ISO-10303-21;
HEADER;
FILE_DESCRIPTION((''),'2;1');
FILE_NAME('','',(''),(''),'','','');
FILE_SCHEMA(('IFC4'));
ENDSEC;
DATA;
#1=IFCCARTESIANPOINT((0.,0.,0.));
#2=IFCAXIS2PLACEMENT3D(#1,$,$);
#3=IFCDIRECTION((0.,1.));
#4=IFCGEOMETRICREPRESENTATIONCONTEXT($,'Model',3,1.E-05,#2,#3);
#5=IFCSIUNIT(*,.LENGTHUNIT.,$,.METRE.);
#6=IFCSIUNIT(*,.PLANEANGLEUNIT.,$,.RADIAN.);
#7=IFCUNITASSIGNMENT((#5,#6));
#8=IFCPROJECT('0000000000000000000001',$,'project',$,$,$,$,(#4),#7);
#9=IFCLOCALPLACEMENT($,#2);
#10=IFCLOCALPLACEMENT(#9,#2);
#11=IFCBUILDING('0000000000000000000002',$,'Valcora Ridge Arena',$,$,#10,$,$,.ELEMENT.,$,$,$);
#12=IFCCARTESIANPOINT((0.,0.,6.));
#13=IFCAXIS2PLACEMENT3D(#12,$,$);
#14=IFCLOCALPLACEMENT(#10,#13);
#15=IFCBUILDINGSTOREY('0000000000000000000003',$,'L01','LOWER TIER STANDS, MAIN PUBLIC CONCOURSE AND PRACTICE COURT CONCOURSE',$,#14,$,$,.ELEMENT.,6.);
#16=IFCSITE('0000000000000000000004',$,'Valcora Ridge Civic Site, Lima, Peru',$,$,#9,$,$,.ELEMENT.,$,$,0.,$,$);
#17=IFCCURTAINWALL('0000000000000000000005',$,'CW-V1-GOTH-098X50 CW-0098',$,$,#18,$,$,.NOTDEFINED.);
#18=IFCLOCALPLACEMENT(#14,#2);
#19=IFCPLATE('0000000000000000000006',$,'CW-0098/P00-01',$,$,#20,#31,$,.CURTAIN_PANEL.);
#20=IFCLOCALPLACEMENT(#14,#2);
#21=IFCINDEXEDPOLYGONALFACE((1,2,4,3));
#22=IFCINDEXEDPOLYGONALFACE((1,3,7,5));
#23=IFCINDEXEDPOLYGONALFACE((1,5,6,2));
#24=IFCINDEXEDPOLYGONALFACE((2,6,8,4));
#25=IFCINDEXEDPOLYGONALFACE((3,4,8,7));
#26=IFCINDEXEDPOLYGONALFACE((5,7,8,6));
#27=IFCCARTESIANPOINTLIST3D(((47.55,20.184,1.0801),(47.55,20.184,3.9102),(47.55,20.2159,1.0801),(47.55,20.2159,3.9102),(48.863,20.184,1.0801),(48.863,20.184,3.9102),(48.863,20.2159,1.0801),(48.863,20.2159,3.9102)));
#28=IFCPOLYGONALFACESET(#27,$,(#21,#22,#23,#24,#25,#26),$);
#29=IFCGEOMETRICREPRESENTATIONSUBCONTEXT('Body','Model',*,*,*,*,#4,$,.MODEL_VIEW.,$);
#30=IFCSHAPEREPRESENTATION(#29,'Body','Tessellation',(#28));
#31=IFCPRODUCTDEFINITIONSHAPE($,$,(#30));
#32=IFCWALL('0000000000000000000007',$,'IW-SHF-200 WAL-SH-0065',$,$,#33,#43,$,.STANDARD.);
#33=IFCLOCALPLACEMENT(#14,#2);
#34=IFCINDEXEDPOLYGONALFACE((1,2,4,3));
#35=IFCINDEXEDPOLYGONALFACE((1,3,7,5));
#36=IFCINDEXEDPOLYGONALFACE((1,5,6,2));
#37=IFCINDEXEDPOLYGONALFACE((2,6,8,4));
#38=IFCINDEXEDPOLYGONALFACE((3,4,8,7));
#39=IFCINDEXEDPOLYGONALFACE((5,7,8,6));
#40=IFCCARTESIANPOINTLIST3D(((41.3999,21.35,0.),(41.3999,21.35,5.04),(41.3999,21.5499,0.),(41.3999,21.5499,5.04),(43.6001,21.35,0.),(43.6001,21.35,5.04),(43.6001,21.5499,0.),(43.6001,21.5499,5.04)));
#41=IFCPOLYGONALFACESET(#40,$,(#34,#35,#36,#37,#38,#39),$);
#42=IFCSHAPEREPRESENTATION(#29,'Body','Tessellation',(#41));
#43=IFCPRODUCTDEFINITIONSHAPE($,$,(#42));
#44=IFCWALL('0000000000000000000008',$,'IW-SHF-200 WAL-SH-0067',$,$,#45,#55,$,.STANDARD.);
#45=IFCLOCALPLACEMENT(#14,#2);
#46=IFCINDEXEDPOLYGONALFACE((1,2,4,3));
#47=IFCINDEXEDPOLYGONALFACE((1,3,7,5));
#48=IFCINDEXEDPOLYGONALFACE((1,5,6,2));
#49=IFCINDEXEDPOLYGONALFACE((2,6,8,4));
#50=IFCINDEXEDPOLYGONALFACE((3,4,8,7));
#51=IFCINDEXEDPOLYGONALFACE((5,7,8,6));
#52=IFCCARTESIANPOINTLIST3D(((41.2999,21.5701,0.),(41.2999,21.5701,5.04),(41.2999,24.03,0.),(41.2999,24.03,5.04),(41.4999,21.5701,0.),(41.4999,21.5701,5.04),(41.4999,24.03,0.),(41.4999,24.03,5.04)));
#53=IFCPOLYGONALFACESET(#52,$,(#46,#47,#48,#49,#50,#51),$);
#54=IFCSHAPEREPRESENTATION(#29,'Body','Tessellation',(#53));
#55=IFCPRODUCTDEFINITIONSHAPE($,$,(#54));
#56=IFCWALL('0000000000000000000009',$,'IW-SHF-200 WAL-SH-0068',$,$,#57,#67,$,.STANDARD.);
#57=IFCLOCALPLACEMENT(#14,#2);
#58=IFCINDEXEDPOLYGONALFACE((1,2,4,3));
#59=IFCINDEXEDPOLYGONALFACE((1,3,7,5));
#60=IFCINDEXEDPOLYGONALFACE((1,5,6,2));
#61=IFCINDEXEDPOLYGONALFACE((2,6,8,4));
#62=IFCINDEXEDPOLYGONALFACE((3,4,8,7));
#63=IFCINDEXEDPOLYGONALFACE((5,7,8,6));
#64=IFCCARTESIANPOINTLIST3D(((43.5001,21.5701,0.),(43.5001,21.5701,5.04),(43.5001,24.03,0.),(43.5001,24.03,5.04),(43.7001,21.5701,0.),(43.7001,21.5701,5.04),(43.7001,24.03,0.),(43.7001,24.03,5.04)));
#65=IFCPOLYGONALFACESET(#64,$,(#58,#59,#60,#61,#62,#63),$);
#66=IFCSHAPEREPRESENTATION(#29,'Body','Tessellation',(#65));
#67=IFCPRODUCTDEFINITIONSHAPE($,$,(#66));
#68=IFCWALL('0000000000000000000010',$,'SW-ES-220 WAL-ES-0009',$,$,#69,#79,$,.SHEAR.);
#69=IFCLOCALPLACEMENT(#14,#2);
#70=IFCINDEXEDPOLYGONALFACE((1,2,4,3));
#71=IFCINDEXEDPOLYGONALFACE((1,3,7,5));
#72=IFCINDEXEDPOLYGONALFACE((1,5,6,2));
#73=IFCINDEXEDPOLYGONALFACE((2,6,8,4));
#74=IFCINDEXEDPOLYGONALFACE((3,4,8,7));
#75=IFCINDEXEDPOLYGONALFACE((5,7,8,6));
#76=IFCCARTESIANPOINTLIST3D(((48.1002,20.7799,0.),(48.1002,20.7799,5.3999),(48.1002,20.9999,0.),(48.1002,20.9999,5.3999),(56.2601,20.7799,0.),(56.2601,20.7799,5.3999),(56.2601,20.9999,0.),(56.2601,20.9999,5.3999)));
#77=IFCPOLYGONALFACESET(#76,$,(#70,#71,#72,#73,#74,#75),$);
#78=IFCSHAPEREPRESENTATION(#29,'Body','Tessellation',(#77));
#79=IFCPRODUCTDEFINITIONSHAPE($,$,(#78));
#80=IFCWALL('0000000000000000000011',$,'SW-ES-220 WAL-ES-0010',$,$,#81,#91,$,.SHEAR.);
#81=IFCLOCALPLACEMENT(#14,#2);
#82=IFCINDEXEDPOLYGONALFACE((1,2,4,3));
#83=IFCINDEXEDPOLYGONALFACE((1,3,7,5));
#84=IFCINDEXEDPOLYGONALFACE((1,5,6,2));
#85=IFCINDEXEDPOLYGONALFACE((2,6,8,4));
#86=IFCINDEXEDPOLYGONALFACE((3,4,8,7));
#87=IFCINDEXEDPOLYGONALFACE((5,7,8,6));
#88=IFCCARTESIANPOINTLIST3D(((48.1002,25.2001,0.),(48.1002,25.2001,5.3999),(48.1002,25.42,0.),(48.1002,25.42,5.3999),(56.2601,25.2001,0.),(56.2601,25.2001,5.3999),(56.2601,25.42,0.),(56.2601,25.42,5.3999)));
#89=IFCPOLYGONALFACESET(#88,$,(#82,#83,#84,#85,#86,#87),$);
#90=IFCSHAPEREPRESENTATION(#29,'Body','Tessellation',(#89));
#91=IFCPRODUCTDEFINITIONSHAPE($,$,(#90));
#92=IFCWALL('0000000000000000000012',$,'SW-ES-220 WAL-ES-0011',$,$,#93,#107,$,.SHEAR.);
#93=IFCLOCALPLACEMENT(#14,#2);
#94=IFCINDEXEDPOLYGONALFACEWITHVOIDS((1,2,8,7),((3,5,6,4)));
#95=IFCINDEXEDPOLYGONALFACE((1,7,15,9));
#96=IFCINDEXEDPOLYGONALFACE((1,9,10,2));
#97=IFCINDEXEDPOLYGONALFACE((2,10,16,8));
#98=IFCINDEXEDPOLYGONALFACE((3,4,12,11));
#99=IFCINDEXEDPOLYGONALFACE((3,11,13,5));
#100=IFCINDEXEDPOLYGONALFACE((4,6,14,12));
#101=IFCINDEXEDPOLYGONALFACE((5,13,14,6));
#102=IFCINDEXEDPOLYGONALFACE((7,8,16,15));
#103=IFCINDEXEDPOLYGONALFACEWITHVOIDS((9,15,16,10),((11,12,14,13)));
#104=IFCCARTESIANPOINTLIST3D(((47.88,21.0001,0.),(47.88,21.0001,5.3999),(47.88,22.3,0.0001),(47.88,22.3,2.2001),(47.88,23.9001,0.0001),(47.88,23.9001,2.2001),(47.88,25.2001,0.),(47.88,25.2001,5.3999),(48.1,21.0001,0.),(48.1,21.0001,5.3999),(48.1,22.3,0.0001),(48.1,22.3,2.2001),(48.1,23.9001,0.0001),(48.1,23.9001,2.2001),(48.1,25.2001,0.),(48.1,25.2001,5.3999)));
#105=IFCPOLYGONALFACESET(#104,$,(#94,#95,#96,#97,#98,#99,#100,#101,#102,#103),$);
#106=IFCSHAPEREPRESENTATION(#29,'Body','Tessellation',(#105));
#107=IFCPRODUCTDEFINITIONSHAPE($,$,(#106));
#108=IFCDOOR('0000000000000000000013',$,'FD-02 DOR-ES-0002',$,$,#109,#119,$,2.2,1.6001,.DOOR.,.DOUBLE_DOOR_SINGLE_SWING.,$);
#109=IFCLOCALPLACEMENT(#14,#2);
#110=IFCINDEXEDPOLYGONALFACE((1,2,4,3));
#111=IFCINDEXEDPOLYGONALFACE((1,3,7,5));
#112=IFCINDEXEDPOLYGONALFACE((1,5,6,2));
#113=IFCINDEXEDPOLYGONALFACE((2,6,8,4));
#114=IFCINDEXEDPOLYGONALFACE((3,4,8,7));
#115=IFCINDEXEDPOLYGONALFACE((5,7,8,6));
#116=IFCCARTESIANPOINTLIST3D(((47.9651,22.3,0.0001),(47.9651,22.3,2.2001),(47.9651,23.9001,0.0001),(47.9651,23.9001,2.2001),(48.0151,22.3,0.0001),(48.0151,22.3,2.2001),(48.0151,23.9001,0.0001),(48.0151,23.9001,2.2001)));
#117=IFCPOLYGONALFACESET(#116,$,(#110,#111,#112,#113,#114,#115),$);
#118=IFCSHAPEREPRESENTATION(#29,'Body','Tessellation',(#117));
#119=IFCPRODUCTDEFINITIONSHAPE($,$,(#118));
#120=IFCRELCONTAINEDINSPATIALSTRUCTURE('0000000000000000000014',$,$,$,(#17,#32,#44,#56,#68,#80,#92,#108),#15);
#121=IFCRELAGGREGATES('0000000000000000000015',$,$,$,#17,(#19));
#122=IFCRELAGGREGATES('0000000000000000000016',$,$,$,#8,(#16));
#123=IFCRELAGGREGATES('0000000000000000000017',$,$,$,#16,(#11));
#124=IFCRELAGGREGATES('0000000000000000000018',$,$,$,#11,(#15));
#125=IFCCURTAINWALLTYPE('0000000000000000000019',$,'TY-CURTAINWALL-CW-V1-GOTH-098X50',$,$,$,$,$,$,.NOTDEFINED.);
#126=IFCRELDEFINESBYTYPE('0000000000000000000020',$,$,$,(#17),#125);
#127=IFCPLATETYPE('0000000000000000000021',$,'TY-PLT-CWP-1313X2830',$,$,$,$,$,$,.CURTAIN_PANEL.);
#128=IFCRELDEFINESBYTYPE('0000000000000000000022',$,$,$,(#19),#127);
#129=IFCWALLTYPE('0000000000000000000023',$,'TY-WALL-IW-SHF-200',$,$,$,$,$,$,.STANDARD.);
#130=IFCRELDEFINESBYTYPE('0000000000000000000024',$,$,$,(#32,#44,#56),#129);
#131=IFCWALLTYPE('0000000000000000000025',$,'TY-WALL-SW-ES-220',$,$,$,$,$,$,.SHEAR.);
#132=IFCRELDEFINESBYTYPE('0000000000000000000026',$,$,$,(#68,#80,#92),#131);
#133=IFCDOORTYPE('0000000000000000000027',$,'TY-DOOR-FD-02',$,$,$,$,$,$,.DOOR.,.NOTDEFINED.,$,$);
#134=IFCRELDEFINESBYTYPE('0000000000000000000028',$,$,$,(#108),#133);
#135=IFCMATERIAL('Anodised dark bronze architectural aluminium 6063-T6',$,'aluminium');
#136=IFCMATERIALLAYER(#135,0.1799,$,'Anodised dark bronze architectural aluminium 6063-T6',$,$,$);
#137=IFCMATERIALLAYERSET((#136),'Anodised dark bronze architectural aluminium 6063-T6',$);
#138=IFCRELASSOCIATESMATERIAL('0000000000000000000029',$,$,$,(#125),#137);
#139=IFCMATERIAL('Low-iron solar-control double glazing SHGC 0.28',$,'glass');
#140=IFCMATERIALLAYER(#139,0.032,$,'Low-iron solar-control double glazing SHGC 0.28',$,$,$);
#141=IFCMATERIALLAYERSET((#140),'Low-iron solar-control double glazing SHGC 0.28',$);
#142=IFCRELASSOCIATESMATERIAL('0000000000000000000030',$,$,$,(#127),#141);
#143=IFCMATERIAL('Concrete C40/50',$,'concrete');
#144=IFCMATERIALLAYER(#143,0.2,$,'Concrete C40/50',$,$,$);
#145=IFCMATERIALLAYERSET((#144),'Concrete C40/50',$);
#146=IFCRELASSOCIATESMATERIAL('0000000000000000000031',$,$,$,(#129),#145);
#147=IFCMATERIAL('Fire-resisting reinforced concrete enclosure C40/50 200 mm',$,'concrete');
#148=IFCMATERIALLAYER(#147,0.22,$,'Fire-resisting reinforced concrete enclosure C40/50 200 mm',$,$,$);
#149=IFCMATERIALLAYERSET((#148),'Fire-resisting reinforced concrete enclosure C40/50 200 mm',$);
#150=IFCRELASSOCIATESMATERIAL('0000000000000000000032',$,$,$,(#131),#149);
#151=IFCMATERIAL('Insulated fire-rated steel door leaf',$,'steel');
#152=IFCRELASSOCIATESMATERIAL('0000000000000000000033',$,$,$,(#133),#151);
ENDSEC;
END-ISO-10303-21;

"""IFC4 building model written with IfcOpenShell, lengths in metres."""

from ifc_helpers import new_model, si_unit, direction, frame, frame_2d, origin, origin_2d, place, context, subcontext, project, spatial, rectangle, extrude, material, layer, layer_set, type_object, element, fill, aggregate, save


model = new_model("IFC4")

# Units and contexts
model_context = context("Model", 3, precision=1e-05, world=origin(), true_north=direction((0.0, 1.0)))
body_context = subcontext(model_context, "Body", "Model", "MODEL_VIEW")
ifc_project = project(units=[si_unit("LENGTHUNIT", "METRE"), si_unit("PLANEANGLEUNIT", "RADIAN")], contexts=[model_context])

# Site, building, storey
site_placement = place(None, origin())
site = spatial("IfcSite", under=ifc_project, at=site_placement, Name="Valcora Ridge Civic Site, Lima, Peru", CompositionType="ELEMENT", RefElevation=0.0)
building_placement = place(site_placement, origin())
building = spatial("IfcBuilding", under=site, at=building_placement, Name="Valcora Ridge Arena", CompositionType="ELEMENT")
storey_placement = place(building_placement, frame((0.0, 0.0, 6.0)))
storey = spatial("IfcBuildingStorey", under=building, at=storey_placement, Name="L01", Description="LOWER TIER STANDS, MAIN PUBLIC CONCOURSE AND PRACTICE COURT CONCOURSE", CompositionType="ELEMENT", Elevation=6.0)

# Shared definitions
ifc_material_1 = material(Name="Concrete C40/50", Category="concrete")

# Curtain wall, plate
ifc_material_2 = material(Name="Anodised dark bronze architectural aluminium 6063-T6", Category="aluminium")
ifc_layer_1 = layer(ifc_material_2, 0.1799, Name="Anodised dark bronze architectural aluminium 6063-T6")
ifc_layer_set_1 = layer_set([ifc_layer_1], Name="Anodised dark bronze architectural aluminium 6063-T6")
curtain_wall_type = type_object("IfcCurtainWallType", Name="TY-CURTAINWALL-CW-V1-GOTH-098X50", PredefinedType="NOTDEFINED", material=ifc_layer_set_1)
curtain_wall_placement = place(storey_placement, origin())
curtain_wall = element("IfcCurtainWall", 1, at=curtain_wall_placement, inside=storey, type_object=curtain_wall_type, Name="CW-V1-GOTH-098X50 CW-0098", PredefinedType="NOTDEFINED")
ifc_material_3 = material(Name="Low-iron solar-control double glazing SHGC 0.28", Category="glass")
ifc_layer_2 = layer(ifc_material_3, 0.032, Name="Low-iron solar-control double glazing SHGC 0.28")
ifc_layer_set_2 = layer_set([ifc_layer_2], Name="Low-iron solar-control double glazing SHGC 0.28")
plate_type_1 = type_object("IfcPlateType", Name="TY-PLT-CWP-1313X2830", PredefinedType="CURTAIN_PANEL", material=ifc_layer_set_2)
plate_1_placement = place(storey_placement, frame((48.2065, 20.2, 1.0801), z_axis=(0.0, 0.0, 1.0), x_axis=(1.0, 0.0, 0.0)))
plate_1 = element("IfcPlate", 2, at=plate_1_placement, type_object=plate_type_1, Name="CW-0098/P00-01", PredefinedType="CURTAIN_PANEL", context=body_context, shape_type="SweptSolid", body=[
    extrude(rectangle(XDim=1.313, YDim=0.032, at=origin_2d()), origin(), (0.0, 0.0, 1.0), 2.8301),
])
aggregate(curtain_wall, [plate_1])

# Wall
ifc_layer_3 = layer(ifc_material_1, 0.2, Name="Concrete C40/50")
ifc_layer_set_3 = layer_set([ifc_layer_3], Name="Concrete C40/50")
wall_type_1 = type_object("IfcWallType", Name="TY-WALL-IW-SHF-200", PredefinedType="STANDARD", material=ifc_layer_set_3)
wall_1_placement = place(storey_placement, frame((41.3999, 21.45, 0.0), z_axis=(0.0, 0.0, 1.0), x_axis=(1.0, 0.0, 0.0)))
element("IfcWall", 3, at=wall_1_placement, inside=storey, type_object=wall_type_1, Name="IW-SHF-200 WAL-SH-0065", PredefinedType="STANDARD", context=body_context, shape_type="SweptSolid", body=[
    extrude(rectangle(XDim=2.2002, YDim=0.2, at=frame_2d((1.1001, 0.0))), origin(), (0.0, 0.0, 1.0), 5.04),
])

# Walls
for number, where, z_axis, x_axis, name in (
    (4, (41.3999, 21.5701, 0.0), (0.0, 0.0, 1.0), (0.0, 1.0, 0.0), "IW-SHF-200 WAL-SH-0067"),
    (5, (43.6001, 21.5701, 0.0), (0.0, 0.0, 1.0), (0.0, 1.0, 0.0), "IW-SHF-200 WAL-SH-0068"),
):
    element("IfcWall", number, at=place(storey_placement, frame(where, z_axis=z_axis, x_axis=x_axis)), inside=storey, type_object=wall_type_1, Name=name, PredefinedType="STANDARD", context=body_context, shape_type="SweptSolid", body=[
        extrude(rectangle(XDim=2.46, YDim=0.2, at=frame_2d((1.23, 0.0))), origin(), (0.0, 0.0, 1.0), 5.04),
    ])
ifc_material_4 = material(Name="Fire-resisting reinforced concrete enclosure C40/50 200 mm", Category="concrete")
ifc_layer_4 = layer(ifc_material_4, 0.22, Name="Fire-resisting reinforced concrete enclosure C40/50 200 mm")
ifc_layer_set_4 = layer_set([ifc_layer_4], Name="Fire-resisting reinforced concrete enclosure C40/50 200 mm")
wall_type_2 = type_object("IfcWallType", Name="TY-WALL-SW-ES-220", PredefinedType="SHEAR", material=ifc_layer_set_4)
for number, where, z_axis, x_axis, name in (
    (6, (48.1001, 20.8899, 0.0), (0.0, 0.0, 1.0), (1.0, 0.0, 0.0), "SW-ES-220 WAL-ES-0009"),
    (7, (48.1001, 25.3101, 0.0), (0.0, 0.0, 1.0), (1.0, 0.0, 0.0), "SW-ES-220 WAL-ES-0010"),
):
    element("IfcWall", number, at=place(storey_placement, frame(where, z_axis=z_axis, x_axis=x_axis)), inside=storey, type_object=wall_type_2, Name=name, PredefinedType="SHEAR", context=body_context, shape_type="SweptSolid", body=[
        extrude(rectangle(XDim=8.1599, YDim=0.22, at=frame_2d((4.0801, 0.0))), origin(), (0.0, 0.0, 1.0), 5.3999),
    ])

# Wall, opening, door
wall_2_placement = place(storey_placement, frame((47.99, 21.0, 0.0), z_axis=(0.0, 0.0, 1.0), x_axis=(0.0, 1.0, 0.0)))
wall_2 = element("IfcWall", 8, at=wall_2_placement, inside=storey, type_object=wall_type_2, Name="SW-ES-220 WAL-ES-0011", PredefinedType="SHEAR", context=body_context, shape_type="SweptSolid", body=[
    extrude(rectangle(XDim=4.2, YDim=0.22, at=frame_2d((2.1001, 0.0))), origin(), (0.0, 0.0, 1.0), 5.3999),
])
opening_1_placement = place(wall_2_placement, frame((1.3, 0.0, 0.0)))
opening_1 = element("IfcOpeningElement", 9, at=opening_1_placement, cuts=wall_2, PredefinedType="OPENING", context=body_context, shape_type="SweptSolid", body=[
    extrude(rectangle(XDim=1.6001, YDim=2.2, at=frame_2d((0.8, 1.1001))), frame((0.0, 0.1199, 0.0), z_axis=(0.0, -1.0, 0.0), x_axis=(1.0, 0.0, 0.0)), (0.0, 0.0, 1.0), 0.24),
])
ifc_material_5 = material(Name="Insulated fire-rated steel door leaf", Category="steel")
door_type_1 = type_object("IfcDoorType", Name="TY-DOOR-FD-02", OperationType="NOTDEFINED", PredefinedType="DOOR", material=ifc_material_5)
door_1_placement = place(opening_1_placement, origin())
door_1 = element("IfcDoor", 10, at=door_1_placement, inside=storey, type_object=door_type_1, Name="FD-02 DOR-ES-0002", OperationType="DOUBLE_DOOR_SINGLE_SWING", OverallHeight=2.2, OverallWidth=1.6001, PredefinedType="DOOR", context=body_context, shape_type="SweptSolid", body=[
    extrude(rectangle(XDim=1.6001, YDim=2.2, at=frame_2d((0.8, 1.1001))), frame((0.0, 0.0249, 0.0), z_axis=(0.0, -1.0, 0.0), x_axis=(1.0, 0.0, 0.0)), (0.0, 0.0, 1.0), 0.05),
])
fill(opening_1, door_1)

save(model, "model.ifc")
